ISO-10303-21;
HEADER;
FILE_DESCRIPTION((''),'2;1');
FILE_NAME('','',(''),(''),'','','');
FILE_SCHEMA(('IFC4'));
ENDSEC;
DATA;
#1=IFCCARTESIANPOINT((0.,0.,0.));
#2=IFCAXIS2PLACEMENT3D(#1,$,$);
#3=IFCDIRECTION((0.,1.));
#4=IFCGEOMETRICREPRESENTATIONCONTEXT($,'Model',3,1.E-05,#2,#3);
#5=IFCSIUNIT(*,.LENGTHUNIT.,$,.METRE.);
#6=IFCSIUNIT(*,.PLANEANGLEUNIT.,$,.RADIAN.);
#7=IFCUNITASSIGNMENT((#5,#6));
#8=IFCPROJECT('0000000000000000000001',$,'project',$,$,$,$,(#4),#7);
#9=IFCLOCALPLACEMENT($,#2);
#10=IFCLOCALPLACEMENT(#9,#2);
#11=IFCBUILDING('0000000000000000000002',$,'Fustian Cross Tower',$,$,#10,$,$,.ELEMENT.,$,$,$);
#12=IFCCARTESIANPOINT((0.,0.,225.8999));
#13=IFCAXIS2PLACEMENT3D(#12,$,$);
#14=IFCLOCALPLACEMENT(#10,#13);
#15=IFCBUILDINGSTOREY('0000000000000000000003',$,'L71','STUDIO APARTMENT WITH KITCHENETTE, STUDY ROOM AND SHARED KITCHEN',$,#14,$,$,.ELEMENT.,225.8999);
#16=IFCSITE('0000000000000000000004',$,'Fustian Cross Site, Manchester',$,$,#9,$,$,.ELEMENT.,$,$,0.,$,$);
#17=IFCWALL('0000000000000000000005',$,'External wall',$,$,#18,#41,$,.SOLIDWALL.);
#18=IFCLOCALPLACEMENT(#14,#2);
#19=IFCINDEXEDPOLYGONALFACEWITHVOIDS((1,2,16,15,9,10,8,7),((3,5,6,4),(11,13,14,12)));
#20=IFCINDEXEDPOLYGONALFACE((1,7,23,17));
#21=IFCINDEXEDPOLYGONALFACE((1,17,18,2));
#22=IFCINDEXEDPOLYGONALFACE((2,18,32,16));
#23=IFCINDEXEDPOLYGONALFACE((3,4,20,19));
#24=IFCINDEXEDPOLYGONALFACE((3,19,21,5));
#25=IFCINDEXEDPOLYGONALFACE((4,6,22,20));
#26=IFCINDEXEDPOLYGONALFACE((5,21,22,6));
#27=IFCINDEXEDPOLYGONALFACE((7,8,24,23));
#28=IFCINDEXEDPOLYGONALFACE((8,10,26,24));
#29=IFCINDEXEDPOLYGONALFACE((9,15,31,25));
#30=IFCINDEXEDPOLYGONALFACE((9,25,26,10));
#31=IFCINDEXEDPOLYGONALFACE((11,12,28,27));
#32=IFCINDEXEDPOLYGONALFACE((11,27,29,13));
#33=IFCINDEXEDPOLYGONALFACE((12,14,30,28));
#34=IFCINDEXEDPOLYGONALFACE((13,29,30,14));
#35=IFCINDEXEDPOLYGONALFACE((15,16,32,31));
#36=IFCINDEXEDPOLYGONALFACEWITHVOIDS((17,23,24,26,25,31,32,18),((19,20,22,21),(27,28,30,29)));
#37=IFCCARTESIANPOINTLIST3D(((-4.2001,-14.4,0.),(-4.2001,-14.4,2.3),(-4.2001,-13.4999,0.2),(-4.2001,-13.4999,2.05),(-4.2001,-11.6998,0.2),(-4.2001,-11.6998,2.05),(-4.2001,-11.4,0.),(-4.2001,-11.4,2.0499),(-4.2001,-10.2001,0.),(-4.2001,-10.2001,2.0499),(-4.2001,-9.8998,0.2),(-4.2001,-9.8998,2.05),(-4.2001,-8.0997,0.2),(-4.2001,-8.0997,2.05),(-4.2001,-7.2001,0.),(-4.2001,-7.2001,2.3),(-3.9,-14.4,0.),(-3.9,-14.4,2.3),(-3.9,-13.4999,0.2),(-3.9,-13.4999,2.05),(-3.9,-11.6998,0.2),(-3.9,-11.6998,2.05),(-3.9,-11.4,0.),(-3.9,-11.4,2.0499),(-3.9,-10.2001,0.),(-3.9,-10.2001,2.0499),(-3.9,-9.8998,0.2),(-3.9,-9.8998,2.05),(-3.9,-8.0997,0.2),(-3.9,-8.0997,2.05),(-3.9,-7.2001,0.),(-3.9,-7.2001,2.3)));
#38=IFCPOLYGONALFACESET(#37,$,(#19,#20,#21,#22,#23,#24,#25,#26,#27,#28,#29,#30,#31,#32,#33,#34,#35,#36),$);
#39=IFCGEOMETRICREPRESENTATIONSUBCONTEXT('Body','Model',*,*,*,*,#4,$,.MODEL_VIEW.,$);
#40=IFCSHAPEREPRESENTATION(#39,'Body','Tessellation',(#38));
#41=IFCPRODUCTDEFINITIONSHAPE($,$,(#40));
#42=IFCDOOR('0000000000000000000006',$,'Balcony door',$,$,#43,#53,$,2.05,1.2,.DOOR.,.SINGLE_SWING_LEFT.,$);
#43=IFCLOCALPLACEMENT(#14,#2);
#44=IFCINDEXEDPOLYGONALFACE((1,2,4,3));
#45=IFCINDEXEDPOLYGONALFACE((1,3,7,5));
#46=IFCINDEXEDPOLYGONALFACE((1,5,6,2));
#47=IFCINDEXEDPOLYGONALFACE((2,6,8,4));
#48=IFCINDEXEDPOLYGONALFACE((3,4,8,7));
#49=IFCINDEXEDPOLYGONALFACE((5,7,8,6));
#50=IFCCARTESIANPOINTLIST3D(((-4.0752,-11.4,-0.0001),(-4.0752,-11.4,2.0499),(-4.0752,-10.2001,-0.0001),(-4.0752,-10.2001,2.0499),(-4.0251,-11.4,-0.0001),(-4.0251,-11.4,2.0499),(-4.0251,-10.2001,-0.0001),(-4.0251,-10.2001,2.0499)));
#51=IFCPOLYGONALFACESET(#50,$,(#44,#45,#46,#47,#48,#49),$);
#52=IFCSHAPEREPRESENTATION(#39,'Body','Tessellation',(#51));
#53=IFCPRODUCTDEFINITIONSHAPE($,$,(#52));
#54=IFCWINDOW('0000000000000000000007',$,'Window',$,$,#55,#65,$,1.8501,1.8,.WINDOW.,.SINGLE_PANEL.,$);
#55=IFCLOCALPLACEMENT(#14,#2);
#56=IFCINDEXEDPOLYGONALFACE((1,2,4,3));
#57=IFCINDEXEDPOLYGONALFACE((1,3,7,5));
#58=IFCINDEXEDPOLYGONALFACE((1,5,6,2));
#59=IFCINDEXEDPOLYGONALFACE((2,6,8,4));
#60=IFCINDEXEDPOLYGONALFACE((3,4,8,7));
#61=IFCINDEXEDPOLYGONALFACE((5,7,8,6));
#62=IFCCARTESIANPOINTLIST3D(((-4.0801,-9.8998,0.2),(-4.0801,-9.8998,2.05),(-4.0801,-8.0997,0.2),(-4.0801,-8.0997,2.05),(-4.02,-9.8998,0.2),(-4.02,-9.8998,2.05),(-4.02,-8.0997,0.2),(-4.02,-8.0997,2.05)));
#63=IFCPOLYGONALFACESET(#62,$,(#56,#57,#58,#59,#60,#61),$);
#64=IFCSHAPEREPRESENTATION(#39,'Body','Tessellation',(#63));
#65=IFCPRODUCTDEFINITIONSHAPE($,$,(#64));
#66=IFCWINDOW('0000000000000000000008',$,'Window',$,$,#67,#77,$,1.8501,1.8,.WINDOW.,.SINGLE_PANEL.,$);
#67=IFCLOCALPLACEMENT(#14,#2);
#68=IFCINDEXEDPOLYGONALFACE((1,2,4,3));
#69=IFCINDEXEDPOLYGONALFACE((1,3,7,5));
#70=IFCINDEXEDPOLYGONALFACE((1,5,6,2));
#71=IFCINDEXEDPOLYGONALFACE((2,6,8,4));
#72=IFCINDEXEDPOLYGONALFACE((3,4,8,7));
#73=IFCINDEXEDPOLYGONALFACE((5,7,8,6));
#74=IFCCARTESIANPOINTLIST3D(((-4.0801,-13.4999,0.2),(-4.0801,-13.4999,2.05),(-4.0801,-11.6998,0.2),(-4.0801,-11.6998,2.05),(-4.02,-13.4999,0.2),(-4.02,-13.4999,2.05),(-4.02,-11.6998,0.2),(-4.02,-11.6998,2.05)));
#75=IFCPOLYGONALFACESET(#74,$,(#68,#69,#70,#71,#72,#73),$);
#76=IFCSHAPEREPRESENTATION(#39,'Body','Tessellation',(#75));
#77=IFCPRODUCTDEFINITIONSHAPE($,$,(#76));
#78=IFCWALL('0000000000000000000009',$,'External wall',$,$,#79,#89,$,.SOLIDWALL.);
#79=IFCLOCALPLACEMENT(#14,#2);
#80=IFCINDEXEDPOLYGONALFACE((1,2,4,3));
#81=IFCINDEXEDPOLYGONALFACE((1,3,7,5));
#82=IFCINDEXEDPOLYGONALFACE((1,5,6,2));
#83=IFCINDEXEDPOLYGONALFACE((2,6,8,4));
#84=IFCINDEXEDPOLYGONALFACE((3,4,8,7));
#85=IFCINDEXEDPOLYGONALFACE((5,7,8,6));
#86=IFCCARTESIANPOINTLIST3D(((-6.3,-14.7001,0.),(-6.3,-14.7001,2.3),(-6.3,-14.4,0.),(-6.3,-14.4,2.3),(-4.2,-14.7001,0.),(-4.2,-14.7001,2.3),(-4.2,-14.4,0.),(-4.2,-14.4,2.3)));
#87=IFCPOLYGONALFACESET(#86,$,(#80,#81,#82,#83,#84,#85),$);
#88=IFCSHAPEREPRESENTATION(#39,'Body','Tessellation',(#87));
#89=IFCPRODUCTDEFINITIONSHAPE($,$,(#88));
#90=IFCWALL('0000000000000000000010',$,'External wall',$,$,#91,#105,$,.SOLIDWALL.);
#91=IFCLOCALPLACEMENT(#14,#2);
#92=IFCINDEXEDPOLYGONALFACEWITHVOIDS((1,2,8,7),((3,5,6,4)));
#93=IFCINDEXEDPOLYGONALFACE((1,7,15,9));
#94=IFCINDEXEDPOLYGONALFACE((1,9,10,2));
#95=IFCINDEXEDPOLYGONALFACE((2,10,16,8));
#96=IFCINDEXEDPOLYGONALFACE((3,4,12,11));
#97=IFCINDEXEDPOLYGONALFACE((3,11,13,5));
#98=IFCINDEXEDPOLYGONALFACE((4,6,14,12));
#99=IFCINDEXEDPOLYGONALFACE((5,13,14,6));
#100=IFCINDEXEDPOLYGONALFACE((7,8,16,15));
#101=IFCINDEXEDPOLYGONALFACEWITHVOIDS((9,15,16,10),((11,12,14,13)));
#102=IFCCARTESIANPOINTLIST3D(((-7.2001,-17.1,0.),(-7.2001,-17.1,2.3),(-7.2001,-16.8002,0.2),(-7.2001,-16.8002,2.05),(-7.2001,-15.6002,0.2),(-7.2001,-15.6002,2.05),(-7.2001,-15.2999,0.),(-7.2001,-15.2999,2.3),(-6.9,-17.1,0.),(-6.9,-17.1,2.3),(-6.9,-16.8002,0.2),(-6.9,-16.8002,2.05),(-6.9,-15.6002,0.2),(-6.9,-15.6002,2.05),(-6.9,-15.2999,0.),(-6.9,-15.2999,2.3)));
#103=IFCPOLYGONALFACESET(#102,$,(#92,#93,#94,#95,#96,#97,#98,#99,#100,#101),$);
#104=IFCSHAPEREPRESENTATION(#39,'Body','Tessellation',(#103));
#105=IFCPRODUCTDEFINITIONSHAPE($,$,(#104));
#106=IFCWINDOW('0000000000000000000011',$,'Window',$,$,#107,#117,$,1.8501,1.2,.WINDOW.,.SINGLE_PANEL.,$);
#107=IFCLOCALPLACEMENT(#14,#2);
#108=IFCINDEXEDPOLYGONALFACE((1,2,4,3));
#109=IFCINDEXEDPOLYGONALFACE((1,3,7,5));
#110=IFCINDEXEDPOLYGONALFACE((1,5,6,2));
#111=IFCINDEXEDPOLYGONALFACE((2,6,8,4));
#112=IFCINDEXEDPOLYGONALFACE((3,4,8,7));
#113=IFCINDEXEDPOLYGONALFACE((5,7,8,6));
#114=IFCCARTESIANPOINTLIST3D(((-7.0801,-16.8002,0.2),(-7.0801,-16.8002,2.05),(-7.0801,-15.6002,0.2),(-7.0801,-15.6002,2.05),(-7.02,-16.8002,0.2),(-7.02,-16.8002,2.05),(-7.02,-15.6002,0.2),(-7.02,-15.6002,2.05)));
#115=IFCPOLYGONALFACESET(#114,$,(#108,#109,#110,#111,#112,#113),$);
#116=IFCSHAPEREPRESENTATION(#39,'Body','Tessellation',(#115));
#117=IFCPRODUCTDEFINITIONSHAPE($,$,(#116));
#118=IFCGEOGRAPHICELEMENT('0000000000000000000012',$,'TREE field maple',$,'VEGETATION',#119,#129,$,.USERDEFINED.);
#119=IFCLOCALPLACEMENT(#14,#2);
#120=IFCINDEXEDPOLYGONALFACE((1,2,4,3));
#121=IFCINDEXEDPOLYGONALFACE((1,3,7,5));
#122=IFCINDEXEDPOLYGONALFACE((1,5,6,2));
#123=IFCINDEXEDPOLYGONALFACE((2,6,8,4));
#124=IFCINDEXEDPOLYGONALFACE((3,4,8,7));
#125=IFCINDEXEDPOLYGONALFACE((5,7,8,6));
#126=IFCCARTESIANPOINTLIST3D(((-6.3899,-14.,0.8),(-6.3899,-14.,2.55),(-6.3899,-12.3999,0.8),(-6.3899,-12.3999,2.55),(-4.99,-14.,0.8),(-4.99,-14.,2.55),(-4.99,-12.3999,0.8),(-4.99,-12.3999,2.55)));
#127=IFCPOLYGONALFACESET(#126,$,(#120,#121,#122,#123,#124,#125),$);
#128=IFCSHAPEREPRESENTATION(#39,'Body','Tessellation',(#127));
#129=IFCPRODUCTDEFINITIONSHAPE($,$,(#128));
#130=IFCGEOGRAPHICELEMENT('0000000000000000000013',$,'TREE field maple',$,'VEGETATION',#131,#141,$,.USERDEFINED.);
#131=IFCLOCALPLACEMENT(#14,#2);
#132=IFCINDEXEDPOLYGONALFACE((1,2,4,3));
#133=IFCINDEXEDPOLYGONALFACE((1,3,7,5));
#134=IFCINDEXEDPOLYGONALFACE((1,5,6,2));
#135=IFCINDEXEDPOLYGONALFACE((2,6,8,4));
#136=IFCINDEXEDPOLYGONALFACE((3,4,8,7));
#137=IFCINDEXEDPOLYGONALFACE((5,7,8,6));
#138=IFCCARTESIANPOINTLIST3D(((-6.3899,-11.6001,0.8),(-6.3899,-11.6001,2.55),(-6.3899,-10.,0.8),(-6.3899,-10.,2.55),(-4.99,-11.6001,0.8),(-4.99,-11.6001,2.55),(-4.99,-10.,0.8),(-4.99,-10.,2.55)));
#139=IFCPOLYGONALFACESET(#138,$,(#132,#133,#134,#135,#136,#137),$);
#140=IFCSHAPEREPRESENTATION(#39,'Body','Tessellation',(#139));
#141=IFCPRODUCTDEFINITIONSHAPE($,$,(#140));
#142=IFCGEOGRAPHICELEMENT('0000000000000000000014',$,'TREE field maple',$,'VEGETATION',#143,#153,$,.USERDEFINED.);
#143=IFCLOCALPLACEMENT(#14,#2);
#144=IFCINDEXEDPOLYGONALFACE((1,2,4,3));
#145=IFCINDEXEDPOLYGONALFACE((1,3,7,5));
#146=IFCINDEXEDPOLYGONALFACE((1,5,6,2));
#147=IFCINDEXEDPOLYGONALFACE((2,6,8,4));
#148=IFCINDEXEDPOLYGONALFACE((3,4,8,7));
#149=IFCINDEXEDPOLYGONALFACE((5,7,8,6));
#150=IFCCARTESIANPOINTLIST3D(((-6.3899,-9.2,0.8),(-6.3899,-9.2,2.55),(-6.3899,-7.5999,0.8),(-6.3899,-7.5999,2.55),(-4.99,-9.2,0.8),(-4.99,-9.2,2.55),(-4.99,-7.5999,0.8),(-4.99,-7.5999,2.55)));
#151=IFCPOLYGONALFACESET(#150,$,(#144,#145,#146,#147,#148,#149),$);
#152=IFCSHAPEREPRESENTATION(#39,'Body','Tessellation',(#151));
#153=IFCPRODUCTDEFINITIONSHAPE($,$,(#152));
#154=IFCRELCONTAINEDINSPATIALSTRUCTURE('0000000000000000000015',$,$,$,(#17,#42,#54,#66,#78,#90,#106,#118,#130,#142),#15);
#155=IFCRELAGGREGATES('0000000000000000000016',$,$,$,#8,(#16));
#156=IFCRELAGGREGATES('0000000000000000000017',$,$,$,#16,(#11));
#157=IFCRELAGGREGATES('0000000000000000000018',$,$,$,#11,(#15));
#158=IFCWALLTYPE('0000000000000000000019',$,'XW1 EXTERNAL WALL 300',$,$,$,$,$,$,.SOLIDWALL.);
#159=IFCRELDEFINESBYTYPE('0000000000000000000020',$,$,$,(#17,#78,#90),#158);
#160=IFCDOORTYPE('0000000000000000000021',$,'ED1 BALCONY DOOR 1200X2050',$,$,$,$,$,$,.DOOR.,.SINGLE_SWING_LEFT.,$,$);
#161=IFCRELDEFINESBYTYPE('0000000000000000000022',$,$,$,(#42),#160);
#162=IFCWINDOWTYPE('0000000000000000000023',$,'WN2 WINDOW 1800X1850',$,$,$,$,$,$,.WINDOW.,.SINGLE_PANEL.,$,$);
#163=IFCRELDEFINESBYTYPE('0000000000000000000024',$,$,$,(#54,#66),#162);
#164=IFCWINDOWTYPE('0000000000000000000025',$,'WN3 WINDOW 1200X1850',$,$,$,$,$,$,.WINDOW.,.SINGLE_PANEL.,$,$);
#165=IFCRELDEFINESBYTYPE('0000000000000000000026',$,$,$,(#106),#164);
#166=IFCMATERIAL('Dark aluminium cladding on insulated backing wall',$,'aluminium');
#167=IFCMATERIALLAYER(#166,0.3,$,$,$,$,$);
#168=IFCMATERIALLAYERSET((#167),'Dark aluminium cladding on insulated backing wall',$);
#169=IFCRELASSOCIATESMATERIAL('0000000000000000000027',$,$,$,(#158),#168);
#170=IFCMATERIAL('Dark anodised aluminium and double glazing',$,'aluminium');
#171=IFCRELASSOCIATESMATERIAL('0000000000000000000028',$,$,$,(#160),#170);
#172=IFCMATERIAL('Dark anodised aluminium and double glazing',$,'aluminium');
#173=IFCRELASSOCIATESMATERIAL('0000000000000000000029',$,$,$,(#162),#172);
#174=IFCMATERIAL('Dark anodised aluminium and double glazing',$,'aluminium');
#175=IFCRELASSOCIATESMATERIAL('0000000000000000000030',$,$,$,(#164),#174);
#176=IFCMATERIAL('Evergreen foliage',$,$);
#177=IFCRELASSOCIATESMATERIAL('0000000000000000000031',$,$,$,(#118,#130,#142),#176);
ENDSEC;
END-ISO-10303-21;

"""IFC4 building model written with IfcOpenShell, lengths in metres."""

from ifc_helpers import new_model, si_unit, direction, frame, frame_2d, origin, origin_2d, place, context, subcontext, project, spatial, rectangle, extrude, material, layer, layer_set, type_object, element, fill, save


model = new_model("IFC4")

# Units and contexts
model_context = context("Model", 3, precision=1e-05, world=origin(), true_north=direction((0.0, 1.0)))
body_context = subcontext(model_context, "Body", "Model", "MODEL_VIEW")
ifc_project = project(units=[si_unit("LENGTHUNIT", "METRE"), si_unit("PLANEANGLEUNIT", "RADIAN")], contexts=[model_context])

# Site, building, storey
site_placement = place(None, origin())
site = spatial("IfcSite", under=ifc_project, at=site_placement, Name="Fustian Cross Site, Manchester", CompositionType="ELEMENT", RefElevation=0.0)
building_placement = place(site_placement, origin())
building = spatial("IfcBuilding", under=site, at=building_placement, Name="Fustian Cross Tower", CompositionType="ELEMENT")
storey_placement = place(building_placement, frame((0.0, 0.0, 225.8999)))
storey = spatial("IfcBuildingStorey", under=building, at=storey_placement, Name="L71", Description="STUDIO APARTMENT WITH KITCHENETTE, STUDY ROOM AND SHARED KITCHEN", CompositionType="ELEMENT", Elevation=225.8999)

# Wall, openings, door, windows
ifc_material_1 = material(Name="Dark aluminium cladding on insulated backing wall", Category="aluminium")
ifc_layer_1 = layer(ifc_material_1, 0.3)
ifc_layer_set_1 = layer_set([ifc_layer_1], Name="Dark aluminium cladding on insulated backing wall")
wall_type_1 = type_object("IfcWallType", Name="XW1 EXTERNAL WALL 300", PredefinedType="SOLIDWALL", material=ifc_layer_set_1)
wall_1_placement = place(storey_placement, frame((-4.05, -7.2, 0.0), z_axis=(0.0, 0.0, 1.0), x_axis=(0.0, -1.0, 0.0)))
wall_1 = element("IfcWall", 1, at=wall_1_placement, inside=storey, type_object=wall_type_1, Name="External wall", PredefinedType="SOLIDWALL", context=body_context, shape_type="SweptSolid", body=[
    extrude(rectangle(XDim=7.2, YDim=0.3, at=frame_2d((3.6001, 0.0))), origin(), (0.0, 0.0, 1.0), 2.3),
])
opening_1_placement = place(wall_1_placement, frame((3.0, 0.0, 0.0)))
opening_1 = element("IfcOpeningElement", 2, at=opening_1_placement, cuts=wall_1, PredefinedType="OPENING", context=body_context, shape_type="SweptSolid", body=[
    extrude(rectangle(XDim=1.2, YDim=2.05, at=frame_2d((0.6001, 1.0249))), frame((0.0, 0.1599, 0.0), z_axis=(0.0, -1.0, 0.0), x_axis=(1.0, 0.0, 0.0)), (0.0, 0.0, 1.0), 0.3201),
])
opening_2_placement = place(wall_1_placement, frame((0.8999, 0.0, 0.2)))
opening_2 = element("IfcOpeningElement", 3, at=opening_2_placement, cuts=wall_1, PredefinedType="OPENING", context=body_context, shape_type="SweptSolid", body=[
    extrude(rectangle(XDim=1.8, YDim=1.8501, at=frame_2d((0.8999, 0.925))), frame((0.0, 0.1599, 0.0), z_axis=(0.0, -1.0, 0.0), x_axis=(1.0, 0.0, 0.0)), (0.0, 0.0, 1.0), 0.3201),
])
opening_3_placement = place(wall_1_placement, frame((4.5, 0.0, 0.2)))
opening_3 = element("IfcOpeningElement", 4, at=opening_3_placement, cuts=wall_1, PredefinedType="OPENING", context=body_context, shape_type="SweptSolid", body=[
    extrude(rectangle(XDim=1.8, YDim=1.8501, at=frame_2d((0.8999, 0.925))), frame((0.0, 0.1599, 0.0), z_axis=(0.0, -1.0, 0.0), x_axis=(1.0, 0.0, 0.0)), (0.0, 0.0, 1.0), 0.3201),
])
ifc_material_2 = material(Name="Dark anodised aluminium and double glazing", Category="aluminium")
door_type = type_object("IfcDoorType", Name="ED1 BALCONY DOOR 1200X2050", OperationType="SINGLE_SWING_LEFT", PredefinedType="DOOR", material=ifc_material_2)
door_placement = place(opening_1_placement, origin())
door = element("IfcDoor", 5, at=door_placement, inside=storey, type_object=door_type, Name="Balcony door", OperationType="SINGLE_SWING_LEFT", OverallHeight=2.05, OverallWidth=1.2, PredefinedType="DOOR", context=body_context, shape_type="SweptSolid", body=[
    extrude(rectangle(XDim=1.2, YDim=2.05, at=frame_2d((0.6001, 1.0249))), frame((0.0, 0.0249, 0.0), z_axis=(0.0, -1.0, 0.0), x_axis=(1.0, 0.0, 0.0)), (0.0, 0.0, 1.0), 0.05),
])
fill(opening_1, door)
ifc_material_3 = material(Name="Dark anodised aluminium and double glazing", Category="aluminium")
window_type_1 = type_object("IfcWindowType", Name="WN2 WINDOW 1800X1850", PartitioningType="SINGLE_PANEL", PredefinedType="WINDOW", material=ifc_material_3)
window_1_placement = place(opening_2_placement, origin())
window_1 = element("IfcWindow", 6, at=window_1_placement, inside=storey, type_object=window_type_1, Name="Window", OverallHeight=1.8501, OverallWidth=1.8, PartitioningType="SINGLE_PANEL", PredefinedType="WINDOW", context=body_context, shape_type="SweptSolid", body=[
    extrude(rectangle(XDim=1.8, YDim=1.8501, at=frame_2d((0.8999, 0.925))), frame((0.0, 0.03, 0.0), z_axis=(0.0, -1.0, 0.0), x_axis=(1.0, 0.0, 0.0)), (0.0, 0.0, 1.0), 0.0601),
])
fill(opening_2, window_1)
window_2_placement = place(opening_3_placement, origin())
window_2 = element("IfcWindow", 7, at=window_2_placement, inside=storey, type_object=window_type_1, Name="Window", OverallHeight=1.8501, OverallWidth=1.8, PartitioningType="SINGLE_PANEL", PredefinedType="WINDOW", context=body_context, shape_type="SweptSolid", body=[
    extrude(rectangle(XDim=1.8, YDim=1.8501, at=frame_2d((0.8999, 0.925))), frame((0.0, 0.03, 0.0), z_axis=(0.0, -1.0, 0.0), x_axis=(1.0, 0.0, 0.0)), (0.0, 0.0, 1.0), 0.0601),
])
fill(opening_3, window_2)

# Wall
wall_2_placement = place(storey_placement, frame((-4.2, -14.55, 0.0), z_axis=(0.0, 0.0, 1.0), x_axis=(-1.0, 0.0, 0.0)))
element("IfcWall", 8, at=wall_2_placement, inside=storey, type_object=wall_type_1, Name="External wall", PredefinedType="SOLIDWALL", context=body_context, shape_type="SweptSolid", body=[
    extrude(rectangle(XDim=2.1001, YDim=0.3, at=frame_2d((1.05, 0.0))), origin(), (0.0, 0.0, 1.0), 2.3),
])

# Wall, opening, window
wall_3_placement = place(storey_placement, frame((-7.05, -15.3, 0.0), z_axis=(0.0, 0.0, 1.0), x_axis=(0.0, -1.0, 0.0)))
wall_3 = element("IfcWall", 9, at=wall_3_placement, inside=storey, type_object=wall_type_1, Name="External wall", PredefinedType="SOLIDWALL", context=body_context, shape_type="SweptSolid", body=[
    extrude(rectangle(XDim=1.8, YDim=0.3, at=frame_2d((0.8999, 0.0))), origin(), (0.0, 0.0, 1.0), 2.3),
])
opening_4_placement = place(wall_3_placement, frame((0.3, 0.0, 0.2)))
opening_4 = element("IfcOpeningElement", 10, at=opening_4_placement, cuts=wall_3, PredefinedType="OPENING", context=body_context, shape_type="SweptSolid", body=[
    extrude(rectangle(XDim=1.2, YDim=1.8501, at=frame_2d((0.6001, 0.925))), frame((0.0, 0.1599, 0.0), z_axis=(0.0, -1.0, 0.0), x_axis=(1.0, 0.0, 0.0)), (0.0, 0.0, 1.0), 0.3201),
])
ifc_material_4 = material(Name="Dark anodised aluminium and double glazing", Category="aluminium")
window_type_2 = type_object("IfcWindowType", Name="WN3 WINDOW 1200X1850", PartitioningType="SINGLE_PANEL", PredefinedType="WINDOW", material=ifc_material_4)
window_3_placement = place(opening_4_placement, origin())
window_3 = element("IfcWindow", 11, at=window_3_placement, inside=storey, type_object=window_type_2, Name="Window", OverallHeight=1.8501, OverallWidth=1.2, PartitioningType="SINGLE_PANEL", PredefinedType="WINDOW", context=body_context, shape_type="SweptSolid", body=[
    extrude(rectangle(XDim=1.2, YDim=1.8501, at=frame_2d((0.6001, 0.925))), frame((0.0, 0.03, 0.0), z_axis=(0.0, -1.0, 0.0), x_axis=(1.0, 0.0, 0.0)), (0.0, 0.0, 1.0), 0.0601),
])
fill(opening_4, window_3)

# Geographic elements
ifc_material_5 = material(Name="Evergreen foliage")
for number, where, z_axis, x_axis, name in (
    (12, (-5.6899, -13.2, 0.8), (0.0, 0.0, 1.0), (1.0, 0.0, 0.0), "TREE field maple"),
    (13, (-5.6899, -10.8, 0.8), (0.0, 0.0, 1.0), (1.0, 0.0, 0.0), "TREE field maple"),
    (14, (-5.6899, -8.3999, 0.8), (0.0, 0.0, 1.0), (1.0, 0.0, 0.0), "TREE field maple"),
):
    element("IfcGeographicElement", number, at=place(storey_placement, frame(where, z_axis=z_axis, x_axis=x_axis)), inside=storey, material=ifc_material_5, Name=name, ObjectType="VEGETATION", PredefinedType="USERDEFINED", context=body_context, shape_type="SweptSolid", body=[
        extrude(rectangle(XDim=1.3999, YDim=1.6001, at=origin_2d()), origin(), (0.0, 0.0, 1.0), 1.75),
    ])

save(model, "model.ifc")
